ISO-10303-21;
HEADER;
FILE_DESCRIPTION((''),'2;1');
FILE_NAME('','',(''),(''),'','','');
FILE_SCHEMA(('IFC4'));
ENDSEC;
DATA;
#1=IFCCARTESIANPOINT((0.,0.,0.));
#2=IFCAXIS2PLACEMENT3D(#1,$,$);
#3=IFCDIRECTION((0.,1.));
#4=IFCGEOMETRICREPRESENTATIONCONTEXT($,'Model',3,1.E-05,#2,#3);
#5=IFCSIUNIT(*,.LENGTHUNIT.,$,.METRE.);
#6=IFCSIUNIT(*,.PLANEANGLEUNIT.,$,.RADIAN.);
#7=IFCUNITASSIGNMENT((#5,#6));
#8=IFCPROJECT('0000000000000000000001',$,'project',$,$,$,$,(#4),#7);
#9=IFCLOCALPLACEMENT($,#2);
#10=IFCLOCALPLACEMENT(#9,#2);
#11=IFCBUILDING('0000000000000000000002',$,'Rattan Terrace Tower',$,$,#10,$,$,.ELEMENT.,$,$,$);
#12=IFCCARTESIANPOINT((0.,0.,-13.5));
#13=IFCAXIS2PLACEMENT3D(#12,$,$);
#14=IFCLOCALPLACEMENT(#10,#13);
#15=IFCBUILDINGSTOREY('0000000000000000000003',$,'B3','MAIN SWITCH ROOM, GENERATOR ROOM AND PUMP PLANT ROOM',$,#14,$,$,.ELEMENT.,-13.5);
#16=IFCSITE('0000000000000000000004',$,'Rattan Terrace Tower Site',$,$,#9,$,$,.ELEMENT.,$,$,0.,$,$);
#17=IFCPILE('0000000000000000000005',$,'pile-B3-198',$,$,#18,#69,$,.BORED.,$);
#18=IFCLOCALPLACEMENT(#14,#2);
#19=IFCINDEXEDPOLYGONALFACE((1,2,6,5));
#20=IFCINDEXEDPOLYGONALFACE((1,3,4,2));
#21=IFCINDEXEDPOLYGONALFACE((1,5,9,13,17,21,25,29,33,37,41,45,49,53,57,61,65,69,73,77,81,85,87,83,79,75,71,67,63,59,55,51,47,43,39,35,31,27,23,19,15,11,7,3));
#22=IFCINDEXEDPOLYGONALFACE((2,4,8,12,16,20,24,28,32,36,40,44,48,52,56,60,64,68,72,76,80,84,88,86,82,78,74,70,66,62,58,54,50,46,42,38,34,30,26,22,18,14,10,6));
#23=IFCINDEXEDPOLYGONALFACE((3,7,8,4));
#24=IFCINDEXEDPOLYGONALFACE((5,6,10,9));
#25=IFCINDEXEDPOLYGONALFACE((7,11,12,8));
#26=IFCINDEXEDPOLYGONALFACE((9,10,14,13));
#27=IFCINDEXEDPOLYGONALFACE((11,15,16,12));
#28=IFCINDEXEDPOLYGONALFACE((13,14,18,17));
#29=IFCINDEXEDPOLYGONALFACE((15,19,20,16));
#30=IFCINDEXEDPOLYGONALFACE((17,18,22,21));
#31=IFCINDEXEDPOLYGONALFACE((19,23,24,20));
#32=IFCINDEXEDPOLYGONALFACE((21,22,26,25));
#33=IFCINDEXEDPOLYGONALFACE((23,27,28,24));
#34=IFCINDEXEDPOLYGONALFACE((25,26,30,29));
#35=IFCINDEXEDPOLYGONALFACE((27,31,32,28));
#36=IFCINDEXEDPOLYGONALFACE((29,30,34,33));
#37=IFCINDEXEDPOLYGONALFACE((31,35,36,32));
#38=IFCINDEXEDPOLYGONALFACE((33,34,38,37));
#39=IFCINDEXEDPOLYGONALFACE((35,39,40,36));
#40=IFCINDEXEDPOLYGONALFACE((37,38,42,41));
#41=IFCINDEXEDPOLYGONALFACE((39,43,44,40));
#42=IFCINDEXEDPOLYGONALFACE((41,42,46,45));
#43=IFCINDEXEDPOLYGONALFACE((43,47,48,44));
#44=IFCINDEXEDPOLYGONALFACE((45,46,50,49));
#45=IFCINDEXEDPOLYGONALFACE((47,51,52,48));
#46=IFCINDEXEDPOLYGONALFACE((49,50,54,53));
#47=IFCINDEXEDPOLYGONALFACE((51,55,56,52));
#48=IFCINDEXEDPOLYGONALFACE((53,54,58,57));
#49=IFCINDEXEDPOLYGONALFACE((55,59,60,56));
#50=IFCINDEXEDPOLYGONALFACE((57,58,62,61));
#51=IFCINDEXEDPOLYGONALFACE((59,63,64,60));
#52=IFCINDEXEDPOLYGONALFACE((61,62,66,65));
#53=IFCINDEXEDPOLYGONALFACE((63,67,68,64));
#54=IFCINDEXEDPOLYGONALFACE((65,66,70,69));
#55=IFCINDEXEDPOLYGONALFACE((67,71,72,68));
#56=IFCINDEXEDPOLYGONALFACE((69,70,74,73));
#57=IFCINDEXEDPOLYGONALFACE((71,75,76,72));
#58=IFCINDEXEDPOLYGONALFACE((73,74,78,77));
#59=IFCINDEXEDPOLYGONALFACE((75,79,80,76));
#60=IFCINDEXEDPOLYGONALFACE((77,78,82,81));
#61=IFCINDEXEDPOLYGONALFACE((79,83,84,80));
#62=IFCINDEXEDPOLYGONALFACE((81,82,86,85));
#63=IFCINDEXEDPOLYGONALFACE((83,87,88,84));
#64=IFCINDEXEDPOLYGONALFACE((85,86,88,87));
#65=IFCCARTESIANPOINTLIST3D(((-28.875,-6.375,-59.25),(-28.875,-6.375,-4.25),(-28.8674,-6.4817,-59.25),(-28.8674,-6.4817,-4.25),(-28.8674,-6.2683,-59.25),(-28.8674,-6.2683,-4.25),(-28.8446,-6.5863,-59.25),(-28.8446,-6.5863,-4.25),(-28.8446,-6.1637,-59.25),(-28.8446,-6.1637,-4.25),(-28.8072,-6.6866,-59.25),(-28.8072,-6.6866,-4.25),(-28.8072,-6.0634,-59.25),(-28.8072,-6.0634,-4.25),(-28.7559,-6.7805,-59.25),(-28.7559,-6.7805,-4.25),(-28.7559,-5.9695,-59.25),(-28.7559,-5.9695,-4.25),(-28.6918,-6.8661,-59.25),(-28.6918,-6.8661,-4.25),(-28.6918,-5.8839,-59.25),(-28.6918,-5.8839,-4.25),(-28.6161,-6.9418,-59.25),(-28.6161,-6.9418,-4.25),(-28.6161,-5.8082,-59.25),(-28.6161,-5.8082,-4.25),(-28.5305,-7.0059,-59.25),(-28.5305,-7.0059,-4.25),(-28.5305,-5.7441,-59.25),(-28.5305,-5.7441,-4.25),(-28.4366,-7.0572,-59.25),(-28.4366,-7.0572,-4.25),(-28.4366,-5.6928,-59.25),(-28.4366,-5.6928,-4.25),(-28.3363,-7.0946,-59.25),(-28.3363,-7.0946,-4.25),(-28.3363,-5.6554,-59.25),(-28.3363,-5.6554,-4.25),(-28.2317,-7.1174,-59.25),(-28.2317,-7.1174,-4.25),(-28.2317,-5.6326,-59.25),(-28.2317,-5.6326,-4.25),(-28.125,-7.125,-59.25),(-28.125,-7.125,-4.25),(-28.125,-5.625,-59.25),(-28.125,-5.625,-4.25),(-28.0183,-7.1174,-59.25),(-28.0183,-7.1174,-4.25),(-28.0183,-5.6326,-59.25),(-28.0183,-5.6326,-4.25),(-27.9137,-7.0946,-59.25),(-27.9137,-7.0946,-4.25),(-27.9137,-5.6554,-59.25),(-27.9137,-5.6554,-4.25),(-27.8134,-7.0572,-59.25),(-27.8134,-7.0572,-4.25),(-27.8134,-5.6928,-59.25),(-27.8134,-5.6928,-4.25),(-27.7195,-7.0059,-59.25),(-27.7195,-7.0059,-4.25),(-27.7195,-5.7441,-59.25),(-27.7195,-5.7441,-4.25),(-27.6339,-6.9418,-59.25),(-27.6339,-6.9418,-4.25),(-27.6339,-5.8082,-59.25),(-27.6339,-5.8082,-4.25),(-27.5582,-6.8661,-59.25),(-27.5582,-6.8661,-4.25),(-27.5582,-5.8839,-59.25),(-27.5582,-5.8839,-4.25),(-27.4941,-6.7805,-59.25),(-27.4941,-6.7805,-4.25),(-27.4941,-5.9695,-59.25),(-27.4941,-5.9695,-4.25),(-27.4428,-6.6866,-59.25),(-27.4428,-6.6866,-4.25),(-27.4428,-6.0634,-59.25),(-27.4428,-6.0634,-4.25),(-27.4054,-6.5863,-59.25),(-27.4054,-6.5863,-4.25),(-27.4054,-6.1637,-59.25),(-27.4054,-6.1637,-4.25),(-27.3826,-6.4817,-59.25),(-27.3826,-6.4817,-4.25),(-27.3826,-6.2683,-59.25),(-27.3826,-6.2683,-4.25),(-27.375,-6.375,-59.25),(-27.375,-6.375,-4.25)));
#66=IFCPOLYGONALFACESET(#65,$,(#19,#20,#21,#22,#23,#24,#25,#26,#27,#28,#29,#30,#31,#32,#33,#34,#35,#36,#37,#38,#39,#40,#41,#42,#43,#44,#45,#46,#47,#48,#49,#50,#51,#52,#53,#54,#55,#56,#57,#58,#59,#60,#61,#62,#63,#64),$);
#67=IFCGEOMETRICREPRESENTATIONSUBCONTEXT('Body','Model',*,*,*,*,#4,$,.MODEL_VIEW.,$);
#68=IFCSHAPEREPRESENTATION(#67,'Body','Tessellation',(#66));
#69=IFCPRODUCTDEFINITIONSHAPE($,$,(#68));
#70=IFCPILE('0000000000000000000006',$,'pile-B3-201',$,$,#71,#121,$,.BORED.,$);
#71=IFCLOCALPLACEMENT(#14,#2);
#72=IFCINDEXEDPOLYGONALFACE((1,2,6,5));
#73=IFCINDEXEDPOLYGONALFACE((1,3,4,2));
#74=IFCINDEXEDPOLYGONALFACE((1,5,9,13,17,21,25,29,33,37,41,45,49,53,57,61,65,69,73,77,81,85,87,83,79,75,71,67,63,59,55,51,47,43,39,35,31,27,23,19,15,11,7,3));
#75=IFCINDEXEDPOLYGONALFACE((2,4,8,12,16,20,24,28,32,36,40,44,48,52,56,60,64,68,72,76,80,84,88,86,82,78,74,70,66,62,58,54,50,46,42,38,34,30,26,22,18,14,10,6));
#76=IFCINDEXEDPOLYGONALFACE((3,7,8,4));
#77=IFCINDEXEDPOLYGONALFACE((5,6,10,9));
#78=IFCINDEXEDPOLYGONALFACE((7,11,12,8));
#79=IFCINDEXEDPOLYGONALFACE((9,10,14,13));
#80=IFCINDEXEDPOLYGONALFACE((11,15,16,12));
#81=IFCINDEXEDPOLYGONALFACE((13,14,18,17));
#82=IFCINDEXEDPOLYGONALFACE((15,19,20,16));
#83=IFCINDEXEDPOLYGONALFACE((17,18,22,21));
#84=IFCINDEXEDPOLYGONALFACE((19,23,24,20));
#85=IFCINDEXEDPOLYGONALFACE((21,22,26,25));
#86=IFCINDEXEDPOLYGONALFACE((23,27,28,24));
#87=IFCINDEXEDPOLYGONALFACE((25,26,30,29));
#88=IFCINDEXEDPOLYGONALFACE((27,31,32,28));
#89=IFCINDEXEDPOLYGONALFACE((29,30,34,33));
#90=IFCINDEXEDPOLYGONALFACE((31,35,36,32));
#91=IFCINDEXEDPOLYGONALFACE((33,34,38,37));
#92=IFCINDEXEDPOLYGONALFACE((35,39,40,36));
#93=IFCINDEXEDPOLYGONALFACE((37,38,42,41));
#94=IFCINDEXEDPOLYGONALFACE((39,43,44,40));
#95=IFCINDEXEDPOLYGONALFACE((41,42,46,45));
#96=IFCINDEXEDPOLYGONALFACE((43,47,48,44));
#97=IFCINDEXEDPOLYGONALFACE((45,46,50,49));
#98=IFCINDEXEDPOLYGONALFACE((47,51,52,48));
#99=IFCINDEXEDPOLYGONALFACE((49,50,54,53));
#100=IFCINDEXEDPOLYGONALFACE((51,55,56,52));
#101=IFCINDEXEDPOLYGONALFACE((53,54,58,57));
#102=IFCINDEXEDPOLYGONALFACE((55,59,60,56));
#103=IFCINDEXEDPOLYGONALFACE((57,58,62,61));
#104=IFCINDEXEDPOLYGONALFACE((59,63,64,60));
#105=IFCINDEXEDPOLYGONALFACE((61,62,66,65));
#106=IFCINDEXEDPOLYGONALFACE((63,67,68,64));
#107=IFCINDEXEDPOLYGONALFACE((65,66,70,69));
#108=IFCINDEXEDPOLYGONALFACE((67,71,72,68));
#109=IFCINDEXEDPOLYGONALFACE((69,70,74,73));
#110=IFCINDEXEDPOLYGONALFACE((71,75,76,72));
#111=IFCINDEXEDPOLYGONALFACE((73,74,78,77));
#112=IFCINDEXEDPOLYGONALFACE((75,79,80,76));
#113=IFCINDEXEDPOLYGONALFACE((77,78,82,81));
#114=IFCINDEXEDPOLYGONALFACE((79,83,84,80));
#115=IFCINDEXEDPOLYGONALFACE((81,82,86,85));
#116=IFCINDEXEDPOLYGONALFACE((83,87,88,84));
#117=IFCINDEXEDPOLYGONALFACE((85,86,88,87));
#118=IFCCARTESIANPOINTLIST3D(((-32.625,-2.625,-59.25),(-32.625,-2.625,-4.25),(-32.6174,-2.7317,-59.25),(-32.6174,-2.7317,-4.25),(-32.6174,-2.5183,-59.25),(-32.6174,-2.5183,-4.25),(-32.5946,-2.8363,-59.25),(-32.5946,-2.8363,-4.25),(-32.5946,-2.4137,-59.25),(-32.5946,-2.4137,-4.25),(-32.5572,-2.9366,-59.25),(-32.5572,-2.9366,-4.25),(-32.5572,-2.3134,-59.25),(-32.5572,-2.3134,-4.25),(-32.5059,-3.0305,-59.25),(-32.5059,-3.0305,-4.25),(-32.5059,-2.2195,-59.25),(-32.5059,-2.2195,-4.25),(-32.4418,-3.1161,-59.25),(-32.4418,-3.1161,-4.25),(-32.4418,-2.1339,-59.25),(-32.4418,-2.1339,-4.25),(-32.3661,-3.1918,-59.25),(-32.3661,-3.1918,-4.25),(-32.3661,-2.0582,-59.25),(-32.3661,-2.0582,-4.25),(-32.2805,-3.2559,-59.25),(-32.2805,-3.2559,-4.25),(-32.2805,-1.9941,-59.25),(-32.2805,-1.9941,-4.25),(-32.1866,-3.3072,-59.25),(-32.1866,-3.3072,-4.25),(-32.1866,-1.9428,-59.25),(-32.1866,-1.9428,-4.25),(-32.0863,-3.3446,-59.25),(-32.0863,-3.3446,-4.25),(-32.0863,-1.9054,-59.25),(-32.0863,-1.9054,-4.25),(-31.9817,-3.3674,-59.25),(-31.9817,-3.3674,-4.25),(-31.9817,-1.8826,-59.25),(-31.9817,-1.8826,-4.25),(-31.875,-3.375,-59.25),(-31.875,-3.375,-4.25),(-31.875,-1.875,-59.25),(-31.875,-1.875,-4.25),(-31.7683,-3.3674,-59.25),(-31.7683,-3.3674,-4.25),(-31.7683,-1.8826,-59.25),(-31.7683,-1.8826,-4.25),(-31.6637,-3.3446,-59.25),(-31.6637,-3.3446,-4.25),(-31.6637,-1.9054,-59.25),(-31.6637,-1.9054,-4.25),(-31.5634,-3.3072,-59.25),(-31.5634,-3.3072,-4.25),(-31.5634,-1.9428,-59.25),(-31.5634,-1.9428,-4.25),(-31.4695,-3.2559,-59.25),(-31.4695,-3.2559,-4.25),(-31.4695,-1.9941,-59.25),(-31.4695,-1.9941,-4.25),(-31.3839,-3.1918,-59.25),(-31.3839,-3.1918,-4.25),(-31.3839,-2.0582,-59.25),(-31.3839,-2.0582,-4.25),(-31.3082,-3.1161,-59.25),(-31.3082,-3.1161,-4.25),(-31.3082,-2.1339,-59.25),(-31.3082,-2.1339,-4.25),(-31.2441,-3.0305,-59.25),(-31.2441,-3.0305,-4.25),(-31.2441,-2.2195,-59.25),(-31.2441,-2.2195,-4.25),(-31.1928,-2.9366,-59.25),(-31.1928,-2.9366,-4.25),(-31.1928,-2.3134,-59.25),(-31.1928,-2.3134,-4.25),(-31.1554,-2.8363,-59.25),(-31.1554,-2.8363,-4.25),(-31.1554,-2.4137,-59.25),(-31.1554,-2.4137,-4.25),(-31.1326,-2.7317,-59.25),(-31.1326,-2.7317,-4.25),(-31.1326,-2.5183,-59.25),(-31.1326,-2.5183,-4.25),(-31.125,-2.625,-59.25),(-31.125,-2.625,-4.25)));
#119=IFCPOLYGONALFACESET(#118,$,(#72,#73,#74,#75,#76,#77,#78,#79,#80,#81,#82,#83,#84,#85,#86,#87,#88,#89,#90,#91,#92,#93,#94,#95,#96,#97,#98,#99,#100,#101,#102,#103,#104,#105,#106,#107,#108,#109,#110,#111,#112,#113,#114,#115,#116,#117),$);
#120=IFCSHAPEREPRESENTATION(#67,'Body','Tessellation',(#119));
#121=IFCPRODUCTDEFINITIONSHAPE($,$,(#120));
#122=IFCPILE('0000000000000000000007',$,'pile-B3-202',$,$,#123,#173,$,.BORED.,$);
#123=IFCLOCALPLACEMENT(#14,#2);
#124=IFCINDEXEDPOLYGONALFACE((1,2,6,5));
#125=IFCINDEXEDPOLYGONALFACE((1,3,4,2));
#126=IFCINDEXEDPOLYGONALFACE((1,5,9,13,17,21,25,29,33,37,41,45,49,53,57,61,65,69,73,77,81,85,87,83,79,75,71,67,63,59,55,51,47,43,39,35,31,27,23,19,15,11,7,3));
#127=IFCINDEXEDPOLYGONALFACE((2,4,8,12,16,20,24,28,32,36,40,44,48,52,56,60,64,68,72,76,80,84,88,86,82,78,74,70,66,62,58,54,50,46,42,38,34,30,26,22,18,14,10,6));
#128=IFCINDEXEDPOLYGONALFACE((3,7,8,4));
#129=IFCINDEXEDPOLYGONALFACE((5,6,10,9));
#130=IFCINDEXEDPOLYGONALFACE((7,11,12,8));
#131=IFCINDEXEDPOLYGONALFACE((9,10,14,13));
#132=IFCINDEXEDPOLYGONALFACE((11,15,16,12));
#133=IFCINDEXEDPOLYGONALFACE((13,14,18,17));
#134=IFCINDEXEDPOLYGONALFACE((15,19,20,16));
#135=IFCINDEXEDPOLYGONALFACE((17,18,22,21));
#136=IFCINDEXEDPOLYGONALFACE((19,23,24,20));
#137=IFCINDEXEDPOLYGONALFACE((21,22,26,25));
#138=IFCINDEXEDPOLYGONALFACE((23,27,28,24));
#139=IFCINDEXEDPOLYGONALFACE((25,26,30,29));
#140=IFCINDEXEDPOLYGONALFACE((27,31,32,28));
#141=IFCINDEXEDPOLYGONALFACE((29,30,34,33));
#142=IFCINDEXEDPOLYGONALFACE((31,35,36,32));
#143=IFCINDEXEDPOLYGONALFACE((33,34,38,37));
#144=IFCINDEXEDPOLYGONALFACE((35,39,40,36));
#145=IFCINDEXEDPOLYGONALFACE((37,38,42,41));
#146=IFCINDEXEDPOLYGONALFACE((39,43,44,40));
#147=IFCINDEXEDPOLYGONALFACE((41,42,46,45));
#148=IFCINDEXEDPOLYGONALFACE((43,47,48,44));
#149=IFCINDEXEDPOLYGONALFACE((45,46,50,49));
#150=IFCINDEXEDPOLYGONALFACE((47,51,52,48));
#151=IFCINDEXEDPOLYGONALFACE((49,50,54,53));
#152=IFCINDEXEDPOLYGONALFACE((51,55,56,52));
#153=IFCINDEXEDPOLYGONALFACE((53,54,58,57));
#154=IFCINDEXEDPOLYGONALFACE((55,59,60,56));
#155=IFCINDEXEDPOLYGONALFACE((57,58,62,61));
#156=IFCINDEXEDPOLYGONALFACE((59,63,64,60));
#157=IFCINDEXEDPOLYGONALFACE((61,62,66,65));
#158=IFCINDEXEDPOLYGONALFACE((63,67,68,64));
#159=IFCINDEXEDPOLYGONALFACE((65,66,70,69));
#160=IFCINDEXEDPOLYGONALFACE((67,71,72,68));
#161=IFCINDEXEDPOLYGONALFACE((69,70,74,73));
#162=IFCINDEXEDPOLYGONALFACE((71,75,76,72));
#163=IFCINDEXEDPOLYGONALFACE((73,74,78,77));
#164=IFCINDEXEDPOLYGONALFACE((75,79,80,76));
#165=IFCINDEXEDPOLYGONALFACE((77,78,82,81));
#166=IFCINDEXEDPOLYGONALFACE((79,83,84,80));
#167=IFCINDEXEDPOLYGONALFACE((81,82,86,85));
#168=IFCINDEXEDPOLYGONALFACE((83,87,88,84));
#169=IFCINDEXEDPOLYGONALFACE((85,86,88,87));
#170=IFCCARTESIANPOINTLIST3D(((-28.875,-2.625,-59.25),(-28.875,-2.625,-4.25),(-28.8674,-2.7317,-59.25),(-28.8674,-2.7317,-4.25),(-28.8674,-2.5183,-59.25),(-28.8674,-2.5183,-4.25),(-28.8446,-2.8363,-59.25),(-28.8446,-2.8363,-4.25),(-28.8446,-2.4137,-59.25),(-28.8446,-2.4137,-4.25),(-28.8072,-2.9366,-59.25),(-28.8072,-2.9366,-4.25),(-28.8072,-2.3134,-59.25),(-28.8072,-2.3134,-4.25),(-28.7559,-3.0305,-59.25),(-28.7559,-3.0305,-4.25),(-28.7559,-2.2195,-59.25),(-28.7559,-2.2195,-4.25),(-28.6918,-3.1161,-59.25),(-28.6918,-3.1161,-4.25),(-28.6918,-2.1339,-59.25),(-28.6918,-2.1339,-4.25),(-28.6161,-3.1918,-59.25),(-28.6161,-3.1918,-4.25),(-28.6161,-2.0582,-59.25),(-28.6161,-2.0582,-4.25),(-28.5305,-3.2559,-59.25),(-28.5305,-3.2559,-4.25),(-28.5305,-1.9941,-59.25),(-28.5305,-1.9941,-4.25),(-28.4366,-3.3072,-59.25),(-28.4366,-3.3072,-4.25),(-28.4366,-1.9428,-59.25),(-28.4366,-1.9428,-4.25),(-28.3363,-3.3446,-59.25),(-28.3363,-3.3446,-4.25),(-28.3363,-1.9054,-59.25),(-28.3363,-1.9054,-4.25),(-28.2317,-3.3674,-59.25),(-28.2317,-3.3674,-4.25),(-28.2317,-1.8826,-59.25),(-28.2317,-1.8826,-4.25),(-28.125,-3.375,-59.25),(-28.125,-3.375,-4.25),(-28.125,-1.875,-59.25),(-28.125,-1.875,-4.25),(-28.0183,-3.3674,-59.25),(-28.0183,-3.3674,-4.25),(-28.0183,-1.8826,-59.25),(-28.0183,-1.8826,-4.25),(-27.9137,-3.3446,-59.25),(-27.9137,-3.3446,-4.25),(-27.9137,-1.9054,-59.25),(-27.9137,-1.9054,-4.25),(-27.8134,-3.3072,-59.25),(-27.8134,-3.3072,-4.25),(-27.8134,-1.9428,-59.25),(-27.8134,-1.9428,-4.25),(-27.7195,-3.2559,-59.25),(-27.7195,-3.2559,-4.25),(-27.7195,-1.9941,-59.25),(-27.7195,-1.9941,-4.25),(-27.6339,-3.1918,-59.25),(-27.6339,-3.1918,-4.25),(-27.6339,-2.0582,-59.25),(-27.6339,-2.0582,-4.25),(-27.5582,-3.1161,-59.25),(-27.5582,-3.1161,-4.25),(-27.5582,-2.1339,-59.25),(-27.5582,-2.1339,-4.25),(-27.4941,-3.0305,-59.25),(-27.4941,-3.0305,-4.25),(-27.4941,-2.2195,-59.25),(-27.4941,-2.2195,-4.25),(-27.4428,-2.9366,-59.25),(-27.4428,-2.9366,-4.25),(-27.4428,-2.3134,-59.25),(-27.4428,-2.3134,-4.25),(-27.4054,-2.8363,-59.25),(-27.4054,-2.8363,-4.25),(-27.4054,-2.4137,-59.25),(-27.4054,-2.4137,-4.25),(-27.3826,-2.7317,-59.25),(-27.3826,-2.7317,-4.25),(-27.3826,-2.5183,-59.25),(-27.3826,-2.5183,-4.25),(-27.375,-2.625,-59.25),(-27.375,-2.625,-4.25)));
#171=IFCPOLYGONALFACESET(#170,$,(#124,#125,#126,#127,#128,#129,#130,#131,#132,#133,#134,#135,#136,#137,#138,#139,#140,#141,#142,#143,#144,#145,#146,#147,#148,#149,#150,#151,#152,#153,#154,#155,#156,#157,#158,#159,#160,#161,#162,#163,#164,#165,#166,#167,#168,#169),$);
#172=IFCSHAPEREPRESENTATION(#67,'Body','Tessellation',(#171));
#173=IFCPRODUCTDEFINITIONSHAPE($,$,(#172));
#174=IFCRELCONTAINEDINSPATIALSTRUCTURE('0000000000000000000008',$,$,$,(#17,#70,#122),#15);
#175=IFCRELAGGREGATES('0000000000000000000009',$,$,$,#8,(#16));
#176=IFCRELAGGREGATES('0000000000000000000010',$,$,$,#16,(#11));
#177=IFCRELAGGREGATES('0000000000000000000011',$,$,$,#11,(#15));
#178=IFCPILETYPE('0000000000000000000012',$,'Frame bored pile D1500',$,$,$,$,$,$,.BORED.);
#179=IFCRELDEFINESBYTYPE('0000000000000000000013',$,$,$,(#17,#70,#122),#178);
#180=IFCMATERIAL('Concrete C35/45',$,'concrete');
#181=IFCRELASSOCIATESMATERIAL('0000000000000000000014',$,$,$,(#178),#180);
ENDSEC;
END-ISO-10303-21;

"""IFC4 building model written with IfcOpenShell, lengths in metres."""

from ifc_helpers import new_model, si_unit, direction, frame, origin, origin_2d, place, context, subcontext, project, spatial, circle, extrude, material, material_profile, profile_set, type_object, element, save


model = new_model("IFC4")

# Units and contexts
model_context = context("Model", 3, precision=1e-05, world=origin(), true_north=direction((0.0, 1.0)))
body_context = subcontext(model_context, "Body", "Model", "MODEL_VIEW")
ifc_project = project(units=[si_unit("LENGTHUNIT", "METRE"), si_unit("PLANEANGLEUNIT", "RADIAN")], contexts=[model_context])

# Site, building, storey
site_placement = place(None, origin())
site = spatial("IfcSite", under=ifc_project, at=site_placement, Name="Rattan Terrace Tower Site", CompositionType="ELEMENT", RefElevation=0.0)
building_placement = place(site_placement, origin())
building = spatial("IfcBuilding", under=site, at=building_placement, Name="Rattan Terrace Tower", CompositionType="ELEMENT")
storey_placement = place(building_placement, frame((0.0, 0.0, -13.5)))
storey = spatial("IfcBuildingStorey", under=building, at=storey_placement, Name="B3", Description="MAIN SWITCH ROOM, GENERATOR ROOM AND PUMP PLANT ROOM", CompositionType="ELEMENT", Elevation=-13.5)

# Piles
ifc_material_1 = material(Name="Concrete C35/45", Category="concrete")
ifc_material_profile_1 = material_profile(ifc_material_1, circle(Radius=0.75, at=origin_2d()), Name="PILE D1500")
ifc_profile_set_1 = profile_set([ifc_material_profile_1], Name="Concrete C35/45")
pile_type = type_object("IfcPileType", Name="Frame bored pile D1500", PredefinedType="BORED", material=ifc_profile_set_1)
for number, where, z_axis, x_axis, name in (
    (1, (-28.125, -6.375, -4.25), (0.0, 0.0, -1.0), (1.0, 0.0, 0.0), "pile-B3-198"),
    (2, (-31.875, -2.625, -4.25), (0.0, 0.0, -1.0), (1.0, 0.0, 0.0), "pile-B3-201"),
    (3, (-28.125, -2.625, -4.25), (0.0, 0.0, -1.0), (1.0, 0.0, 0.0), "pile-B3-202"),
):
    element("IfcPile", number, at=place(storey_placement, frame(where, z_axis=z_axis, x_axis=x_axis)), inside=storey, type_object=pile_type, Name=name, PredefinedType="BORED", context=body_context, shape_type="SweptSolid", body=[
        extrude(circle(Radius=0.75, at=origin_2d()), origin(), (0.0, 0.0, 1.0), 55.0),
    ])

save(model, "model.ifc")
